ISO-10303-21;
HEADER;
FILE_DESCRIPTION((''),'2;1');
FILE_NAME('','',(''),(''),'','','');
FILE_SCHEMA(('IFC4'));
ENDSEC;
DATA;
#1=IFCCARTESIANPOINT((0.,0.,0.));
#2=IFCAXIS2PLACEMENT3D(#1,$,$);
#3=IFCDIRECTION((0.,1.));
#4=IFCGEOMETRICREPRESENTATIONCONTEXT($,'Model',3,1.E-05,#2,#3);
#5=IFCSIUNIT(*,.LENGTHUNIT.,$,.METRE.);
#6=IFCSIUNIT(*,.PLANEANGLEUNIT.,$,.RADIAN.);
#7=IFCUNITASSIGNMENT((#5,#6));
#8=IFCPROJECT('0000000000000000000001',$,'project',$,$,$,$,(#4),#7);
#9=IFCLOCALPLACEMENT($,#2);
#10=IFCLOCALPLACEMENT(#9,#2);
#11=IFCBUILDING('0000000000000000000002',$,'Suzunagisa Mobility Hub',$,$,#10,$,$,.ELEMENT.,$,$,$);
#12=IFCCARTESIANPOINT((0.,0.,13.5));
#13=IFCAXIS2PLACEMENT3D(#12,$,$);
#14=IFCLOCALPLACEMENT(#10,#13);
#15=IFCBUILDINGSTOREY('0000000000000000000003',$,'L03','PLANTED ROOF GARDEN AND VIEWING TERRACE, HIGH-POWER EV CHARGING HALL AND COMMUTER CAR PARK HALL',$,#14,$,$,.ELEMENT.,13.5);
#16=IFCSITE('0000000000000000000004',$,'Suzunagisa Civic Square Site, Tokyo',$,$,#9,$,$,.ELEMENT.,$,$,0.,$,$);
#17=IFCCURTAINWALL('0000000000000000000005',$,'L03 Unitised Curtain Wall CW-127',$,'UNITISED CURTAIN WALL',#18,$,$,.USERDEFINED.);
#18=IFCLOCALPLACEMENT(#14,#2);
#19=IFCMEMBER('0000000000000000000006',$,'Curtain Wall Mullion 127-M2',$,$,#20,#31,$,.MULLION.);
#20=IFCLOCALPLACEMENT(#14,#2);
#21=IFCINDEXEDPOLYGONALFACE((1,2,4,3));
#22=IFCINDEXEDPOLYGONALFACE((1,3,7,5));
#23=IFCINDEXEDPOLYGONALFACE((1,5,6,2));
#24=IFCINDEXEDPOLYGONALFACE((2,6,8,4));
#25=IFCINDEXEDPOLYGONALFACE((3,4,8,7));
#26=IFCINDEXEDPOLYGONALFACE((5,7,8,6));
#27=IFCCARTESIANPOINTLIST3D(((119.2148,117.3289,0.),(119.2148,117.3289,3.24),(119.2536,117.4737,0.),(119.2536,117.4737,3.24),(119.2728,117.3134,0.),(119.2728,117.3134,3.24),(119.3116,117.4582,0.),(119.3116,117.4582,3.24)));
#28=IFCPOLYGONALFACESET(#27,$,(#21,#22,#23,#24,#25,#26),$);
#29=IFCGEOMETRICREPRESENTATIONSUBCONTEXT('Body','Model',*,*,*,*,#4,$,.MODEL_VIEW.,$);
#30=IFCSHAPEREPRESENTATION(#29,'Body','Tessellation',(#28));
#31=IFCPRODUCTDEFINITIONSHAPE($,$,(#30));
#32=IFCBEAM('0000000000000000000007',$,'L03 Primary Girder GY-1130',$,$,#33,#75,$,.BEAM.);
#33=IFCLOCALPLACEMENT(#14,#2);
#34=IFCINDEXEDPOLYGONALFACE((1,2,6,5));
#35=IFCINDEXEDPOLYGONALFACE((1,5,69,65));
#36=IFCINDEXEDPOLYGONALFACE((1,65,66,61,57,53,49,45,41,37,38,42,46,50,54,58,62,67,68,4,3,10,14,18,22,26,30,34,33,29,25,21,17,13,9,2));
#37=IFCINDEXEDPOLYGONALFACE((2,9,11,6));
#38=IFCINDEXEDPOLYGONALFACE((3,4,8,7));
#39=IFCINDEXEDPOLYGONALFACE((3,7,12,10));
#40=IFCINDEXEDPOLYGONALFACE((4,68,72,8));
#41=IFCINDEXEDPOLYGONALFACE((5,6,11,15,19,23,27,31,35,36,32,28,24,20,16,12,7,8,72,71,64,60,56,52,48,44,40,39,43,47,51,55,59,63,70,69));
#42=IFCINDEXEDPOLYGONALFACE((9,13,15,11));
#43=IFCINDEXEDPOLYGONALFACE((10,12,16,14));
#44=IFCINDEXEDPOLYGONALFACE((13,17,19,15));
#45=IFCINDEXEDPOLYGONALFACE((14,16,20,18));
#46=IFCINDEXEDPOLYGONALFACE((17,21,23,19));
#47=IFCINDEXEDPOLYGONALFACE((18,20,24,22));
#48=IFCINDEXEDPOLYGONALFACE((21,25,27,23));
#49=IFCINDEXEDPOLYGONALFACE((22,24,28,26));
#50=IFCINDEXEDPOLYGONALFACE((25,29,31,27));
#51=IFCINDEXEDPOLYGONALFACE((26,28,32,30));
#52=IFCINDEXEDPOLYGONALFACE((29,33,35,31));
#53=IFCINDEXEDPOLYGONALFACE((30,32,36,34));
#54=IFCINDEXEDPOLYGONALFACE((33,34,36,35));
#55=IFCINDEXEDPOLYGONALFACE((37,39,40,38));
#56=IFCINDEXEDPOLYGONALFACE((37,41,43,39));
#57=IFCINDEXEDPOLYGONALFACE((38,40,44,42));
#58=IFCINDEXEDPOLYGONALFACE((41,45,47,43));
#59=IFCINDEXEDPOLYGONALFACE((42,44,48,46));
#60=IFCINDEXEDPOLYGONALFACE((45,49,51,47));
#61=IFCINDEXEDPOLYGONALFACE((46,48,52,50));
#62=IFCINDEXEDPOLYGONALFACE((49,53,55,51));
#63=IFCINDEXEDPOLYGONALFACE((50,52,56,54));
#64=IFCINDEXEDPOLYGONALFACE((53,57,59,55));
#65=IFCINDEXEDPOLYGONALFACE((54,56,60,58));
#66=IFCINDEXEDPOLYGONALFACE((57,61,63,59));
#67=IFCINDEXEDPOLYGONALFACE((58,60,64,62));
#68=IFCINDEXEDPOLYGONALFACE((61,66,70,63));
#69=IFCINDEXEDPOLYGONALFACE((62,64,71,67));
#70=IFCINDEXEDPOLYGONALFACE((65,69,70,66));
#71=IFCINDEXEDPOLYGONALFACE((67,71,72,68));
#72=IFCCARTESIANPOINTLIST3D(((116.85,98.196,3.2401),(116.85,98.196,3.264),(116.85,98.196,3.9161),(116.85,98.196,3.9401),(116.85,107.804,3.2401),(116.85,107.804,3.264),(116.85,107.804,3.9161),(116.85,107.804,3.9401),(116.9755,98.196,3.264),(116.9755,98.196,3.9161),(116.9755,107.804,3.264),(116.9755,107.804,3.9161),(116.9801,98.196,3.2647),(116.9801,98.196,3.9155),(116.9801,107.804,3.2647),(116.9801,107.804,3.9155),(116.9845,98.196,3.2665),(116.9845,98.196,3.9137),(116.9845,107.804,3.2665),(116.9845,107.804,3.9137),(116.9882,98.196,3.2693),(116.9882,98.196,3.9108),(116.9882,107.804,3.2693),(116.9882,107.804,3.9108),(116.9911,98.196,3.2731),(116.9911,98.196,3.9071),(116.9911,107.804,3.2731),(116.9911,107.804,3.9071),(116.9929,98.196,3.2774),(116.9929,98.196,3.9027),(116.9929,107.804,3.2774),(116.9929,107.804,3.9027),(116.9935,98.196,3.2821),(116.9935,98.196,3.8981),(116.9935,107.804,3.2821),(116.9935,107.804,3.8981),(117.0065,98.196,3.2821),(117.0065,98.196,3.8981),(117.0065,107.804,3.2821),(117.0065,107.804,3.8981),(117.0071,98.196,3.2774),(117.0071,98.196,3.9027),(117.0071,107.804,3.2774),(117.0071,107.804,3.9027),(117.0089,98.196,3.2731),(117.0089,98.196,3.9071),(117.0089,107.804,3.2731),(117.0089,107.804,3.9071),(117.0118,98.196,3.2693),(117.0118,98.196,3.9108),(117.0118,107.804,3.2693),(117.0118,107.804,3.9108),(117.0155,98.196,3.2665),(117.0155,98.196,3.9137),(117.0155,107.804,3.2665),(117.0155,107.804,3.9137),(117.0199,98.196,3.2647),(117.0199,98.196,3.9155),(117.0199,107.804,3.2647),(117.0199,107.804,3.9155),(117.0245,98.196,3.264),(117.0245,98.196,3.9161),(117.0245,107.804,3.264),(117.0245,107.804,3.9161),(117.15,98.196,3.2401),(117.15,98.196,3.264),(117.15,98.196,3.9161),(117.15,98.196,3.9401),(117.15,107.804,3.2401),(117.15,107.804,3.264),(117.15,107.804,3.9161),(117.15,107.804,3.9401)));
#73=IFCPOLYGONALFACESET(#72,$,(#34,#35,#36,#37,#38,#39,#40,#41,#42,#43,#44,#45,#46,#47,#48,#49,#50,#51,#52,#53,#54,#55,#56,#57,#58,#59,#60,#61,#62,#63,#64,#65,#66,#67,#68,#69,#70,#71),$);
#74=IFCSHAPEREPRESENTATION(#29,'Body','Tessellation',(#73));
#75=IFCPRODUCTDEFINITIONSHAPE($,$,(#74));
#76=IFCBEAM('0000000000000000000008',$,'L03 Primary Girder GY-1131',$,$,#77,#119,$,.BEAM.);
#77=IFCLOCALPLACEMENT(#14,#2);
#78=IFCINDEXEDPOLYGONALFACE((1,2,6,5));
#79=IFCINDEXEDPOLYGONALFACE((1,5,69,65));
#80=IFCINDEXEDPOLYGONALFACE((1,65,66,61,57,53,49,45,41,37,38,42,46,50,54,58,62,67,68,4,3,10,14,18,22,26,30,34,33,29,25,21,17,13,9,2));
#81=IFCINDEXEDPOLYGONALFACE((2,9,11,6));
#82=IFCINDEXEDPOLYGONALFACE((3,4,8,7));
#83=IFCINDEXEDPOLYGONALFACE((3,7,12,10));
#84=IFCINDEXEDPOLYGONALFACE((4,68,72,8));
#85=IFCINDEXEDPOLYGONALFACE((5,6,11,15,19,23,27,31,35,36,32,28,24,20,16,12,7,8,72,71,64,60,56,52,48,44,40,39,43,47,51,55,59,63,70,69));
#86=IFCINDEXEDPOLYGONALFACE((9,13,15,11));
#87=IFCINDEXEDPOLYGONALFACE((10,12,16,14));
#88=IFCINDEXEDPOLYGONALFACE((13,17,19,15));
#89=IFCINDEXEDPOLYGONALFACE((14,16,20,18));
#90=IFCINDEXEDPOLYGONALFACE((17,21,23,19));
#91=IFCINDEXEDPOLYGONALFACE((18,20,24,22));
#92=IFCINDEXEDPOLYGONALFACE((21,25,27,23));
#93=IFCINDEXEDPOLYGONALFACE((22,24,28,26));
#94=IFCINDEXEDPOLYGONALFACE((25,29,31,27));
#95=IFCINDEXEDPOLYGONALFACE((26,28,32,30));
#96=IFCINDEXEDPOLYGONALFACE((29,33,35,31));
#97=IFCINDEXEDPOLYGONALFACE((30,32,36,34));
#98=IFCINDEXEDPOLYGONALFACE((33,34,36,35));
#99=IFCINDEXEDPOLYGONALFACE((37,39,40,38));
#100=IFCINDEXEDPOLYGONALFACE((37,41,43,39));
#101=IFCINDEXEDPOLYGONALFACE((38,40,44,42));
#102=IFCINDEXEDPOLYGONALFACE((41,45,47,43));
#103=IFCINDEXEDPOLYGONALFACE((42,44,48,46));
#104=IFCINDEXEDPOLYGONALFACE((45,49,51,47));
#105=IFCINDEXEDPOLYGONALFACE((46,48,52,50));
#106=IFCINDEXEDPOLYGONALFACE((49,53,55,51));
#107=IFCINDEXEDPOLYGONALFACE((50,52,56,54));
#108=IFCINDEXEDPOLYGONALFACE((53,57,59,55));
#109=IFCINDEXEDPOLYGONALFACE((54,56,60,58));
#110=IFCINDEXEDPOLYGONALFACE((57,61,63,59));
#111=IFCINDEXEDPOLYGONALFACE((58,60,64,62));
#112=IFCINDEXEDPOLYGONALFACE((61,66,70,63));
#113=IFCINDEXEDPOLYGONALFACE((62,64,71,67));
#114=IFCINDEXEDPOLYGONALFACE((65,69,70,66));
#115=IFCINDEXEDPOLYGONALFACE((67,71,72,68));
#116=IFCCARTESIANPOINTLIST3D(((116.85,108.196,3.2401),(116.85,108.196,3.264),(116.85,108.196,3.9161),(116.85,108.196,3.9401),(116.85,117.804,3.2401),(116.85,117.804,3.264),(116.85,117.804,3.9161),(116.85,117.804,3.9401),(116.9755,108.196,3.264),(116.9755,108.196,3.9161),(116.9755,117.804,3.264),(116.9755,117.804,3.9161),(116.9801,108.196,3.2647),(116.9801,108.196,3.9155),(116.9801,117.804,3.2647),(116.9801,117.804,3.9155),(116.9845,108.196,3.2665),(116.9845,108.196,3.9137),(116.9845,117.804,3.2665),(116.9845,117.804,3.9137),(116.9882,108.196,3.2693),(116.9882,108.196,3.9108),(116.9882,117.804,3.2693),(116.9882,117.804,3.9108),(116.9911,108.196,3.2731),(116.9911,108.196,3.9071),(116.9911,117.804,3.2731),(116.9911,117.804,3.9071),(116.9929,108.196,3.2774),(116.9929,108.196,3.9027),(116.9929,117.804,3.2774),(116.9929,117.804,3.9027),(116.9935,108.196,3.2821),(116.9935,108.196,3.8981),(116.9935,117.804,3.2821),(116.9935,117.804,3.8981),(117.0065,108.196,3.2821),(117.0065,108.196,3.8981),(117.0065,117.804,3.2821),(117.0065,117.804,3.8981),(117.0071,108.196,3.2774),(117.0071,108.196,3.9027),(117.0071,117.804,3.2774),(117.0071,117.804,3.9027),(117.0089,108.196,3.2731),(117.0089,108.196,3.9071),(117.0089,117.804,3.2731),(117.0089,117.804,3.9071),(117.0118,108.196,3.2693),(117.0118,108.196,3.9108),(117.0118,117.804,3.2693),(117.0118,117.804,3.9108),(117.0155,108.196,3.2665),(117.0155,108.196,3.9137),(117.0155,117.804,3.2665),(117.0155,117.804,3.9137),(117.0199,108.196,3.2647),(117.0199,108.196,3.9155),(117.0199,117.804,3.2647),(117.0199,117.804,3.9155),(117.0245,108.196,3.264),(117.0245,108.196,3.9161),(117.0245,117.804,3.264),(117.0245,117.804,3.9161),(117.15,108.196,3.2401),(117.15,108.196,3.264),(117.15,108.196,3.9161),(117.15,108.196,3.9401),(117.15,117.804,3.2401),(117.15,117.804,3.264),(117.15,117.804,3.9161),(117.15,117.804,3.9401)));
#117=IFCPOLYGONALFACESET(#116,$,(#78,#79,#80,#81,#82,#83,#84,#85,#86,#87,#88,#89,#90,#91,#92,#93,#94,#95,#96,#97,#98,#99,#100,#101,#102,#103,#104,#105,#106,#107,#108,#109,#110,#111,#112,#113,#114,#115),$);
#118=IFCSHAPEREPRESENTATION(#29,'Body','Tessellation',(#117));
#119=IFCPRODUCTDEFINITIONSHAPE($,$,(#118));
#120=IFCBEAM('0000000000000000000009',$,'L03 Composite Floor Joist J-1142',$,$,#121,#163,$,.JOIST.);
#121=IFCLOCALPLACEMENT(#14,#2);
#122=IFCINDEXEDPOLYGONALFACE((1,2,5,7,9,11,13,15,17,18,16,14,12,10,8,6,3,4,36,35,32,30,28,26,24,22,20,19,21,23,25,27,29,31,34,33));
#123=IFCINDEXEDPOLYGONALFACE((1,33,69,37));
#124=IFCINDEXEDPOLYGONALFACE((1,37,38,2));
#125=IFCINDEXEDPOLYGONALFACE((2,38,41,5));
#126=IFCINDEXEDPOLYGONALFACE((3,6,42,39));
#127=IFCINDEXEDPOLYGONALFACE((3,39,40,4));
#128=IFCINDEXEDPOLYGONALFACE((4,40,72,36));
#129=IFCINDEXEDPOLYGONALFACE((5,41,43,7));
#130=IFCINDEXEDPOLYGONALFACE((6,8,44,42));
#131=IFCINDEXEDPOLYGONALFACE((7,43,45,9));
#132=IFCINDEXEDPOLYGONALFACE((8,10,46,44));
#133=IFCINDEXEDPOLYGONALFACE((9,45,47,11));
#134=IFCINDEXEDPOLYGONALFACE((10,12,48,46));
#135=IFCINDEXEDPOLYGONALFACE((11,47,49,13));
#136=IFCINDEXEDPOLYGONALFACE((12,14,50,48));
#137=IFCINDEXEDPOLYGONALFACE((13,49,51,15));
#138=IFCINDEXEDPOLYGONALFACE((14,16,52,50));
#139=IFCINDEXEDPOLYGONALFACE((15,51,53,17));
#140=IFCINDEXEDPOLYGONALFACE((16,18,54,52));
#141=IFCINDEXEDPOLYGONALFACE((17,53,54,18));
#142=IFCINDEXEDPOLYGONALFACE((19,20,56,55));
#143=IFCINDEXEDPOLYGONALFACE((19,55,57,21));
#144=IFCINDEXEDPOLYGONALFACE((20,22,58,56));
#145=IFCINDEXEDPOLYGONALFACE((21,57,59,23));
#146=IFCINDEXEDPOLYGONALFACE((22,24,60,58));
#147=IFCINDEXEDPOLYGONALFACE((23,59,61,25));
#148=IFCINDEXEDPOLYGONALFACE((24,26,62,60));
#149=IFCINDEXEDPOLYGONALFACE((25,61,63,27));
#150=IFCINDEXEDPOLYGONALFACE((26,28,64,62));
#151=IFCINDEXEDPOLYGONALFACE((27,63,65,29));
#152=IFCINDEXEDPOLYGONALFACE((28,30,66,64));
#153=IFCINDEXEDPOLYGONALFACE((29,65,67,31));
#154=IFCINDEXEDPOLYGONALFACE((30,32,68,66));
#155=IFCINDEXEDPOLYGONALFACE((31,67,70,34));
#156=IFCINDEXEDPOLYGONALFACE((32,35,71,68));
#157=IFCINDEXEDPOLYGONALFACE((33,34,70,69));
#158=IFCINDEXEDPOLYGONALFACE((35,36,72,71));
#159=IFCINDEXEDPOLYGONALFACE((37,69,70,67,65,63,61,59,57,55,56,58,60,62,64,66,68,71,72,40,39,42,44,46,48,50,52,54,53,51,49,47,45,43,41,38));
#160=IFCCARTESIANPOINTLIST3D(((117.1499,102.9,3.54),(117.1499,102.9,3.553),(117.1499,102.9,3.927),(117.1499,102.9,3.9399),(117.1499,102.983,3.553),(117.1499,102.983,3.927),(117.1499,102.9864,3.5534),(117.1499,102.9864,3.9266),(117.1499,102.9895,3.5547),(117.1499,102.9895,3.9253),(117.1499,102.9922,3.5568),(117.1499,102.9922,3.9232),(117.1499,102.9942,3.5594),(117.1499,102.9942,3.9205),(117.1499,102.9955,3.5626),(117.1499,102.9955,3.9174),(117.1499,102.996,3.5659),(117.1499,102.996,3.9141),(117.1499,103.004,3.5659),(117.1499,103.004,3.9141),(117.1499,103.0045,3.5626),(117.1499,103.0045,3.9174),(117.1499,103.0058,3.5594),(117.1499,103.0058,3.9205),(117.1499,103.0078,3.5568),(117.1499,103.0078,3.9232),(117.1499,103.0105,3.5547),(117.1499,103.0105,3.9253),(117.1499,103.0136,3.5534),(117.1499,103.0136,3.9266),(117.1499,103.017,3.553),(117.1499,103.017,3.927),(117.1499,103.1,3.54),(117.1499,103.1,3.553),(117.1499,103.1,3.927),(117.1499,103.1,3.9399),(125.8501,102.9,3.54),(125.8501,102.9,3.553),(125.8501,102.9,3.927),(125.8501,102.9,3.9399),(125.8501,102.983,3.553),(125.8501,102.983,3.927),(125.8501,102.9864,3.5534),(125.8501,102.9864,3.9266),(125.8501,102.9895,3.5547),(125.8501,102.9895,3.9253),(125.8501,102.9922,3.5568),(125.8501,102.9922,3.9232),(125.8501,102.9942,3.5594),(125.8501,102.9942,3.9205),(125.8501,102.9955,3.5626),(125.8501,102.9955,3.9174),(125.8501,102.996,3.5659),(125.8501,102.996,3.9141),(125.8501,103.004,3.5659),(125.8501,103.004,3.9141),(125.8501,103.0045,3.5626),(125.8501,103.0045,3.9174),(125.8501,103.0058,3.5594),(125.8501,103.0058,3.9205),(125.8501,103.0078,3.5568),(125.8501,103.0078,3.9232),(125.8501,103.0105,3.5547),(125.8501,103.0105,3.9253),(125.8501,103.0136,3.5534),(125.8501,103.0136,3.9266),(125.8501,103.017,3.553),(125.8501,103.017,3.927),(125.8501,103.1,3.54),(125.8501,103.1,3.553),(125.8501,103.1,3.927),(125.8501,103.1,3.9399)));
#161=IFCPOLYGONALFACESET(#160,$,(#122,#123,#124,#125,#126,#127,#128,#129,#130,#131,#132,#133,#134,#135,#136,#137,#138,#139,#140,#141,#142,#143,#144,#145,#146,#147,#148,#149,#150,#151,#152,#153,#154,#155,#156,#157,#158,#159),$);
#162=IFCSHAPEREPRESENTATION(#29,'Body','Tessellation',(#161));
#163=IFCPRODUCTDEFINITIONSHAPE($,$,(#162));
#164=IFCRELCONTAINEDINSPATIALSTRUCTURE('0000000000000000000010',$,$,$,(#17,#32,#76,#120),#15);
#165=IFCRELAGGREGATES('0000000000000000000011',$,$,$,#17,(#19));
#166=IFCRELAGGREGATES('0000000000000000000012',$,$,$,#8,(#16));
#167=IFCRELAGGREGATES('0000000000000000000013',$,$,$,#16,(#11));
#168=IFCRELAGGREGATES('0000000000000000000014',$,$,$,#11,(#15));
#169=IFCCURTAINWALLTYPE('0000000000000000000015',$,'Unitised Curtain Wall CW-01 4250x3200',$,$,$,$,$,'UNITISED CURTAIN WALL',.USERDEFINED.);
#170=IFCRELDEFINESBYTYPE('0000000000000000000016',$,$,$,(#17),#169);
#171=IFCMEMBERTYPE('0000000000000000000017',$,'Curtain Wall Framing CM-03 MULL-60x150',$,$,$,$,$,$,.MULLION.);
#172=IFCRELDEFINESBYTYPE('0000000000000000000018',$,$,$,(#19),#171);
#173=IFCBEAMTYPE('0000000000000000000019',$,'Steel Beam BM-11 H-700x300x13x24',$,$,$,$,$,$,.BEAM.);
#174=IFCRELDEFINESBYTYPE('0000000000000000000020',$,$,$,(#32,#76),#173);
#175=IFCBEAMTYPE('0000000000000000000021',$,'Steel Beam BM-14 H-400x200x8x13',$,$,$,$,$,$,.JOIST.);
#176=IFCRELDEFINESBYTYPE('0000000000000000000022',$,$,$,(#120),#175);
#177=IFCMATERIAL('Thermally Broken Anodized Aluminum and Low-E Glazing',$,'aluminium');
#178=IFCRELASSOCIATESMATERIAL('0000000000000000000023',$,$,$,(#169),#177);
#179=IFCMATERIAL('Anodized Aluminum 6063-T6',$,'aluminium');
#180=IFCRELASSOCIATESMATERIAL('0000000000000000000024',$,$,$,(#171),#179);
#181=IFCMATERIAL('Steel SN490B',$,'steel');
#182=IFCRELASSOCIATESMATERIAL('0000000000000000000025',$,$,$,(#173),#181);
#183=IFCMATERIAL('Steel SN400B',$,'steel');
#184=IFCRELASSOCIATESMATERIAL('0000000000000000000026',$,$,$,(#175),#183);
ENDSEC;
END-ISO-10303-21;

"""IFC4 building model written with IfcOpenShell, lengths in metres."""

from ifc_helpers import new_model, si_unit, direction, frame, origin, origin_2d, place, context, subcontext, project, spatial, rectangle, i_section, extrude, material, material_profile, profile_set, type_object, element, aggregate, save


model = new_model("IFC4")

# Units and contexts
model_context = context("Model", 3, precision=1e-05, world=origin(), true_north=direction((0.0, 1.0)))
body_context = subcontext(model_context, "Body", "Model", "MODEL_VIEW")
ifc_project = project(units=[si_unit("LENGTHUNIT", "METRE"), si_unit("PLANEANGLEUNIT", "RADIAN")], contexts=[model_context])

# Site, building, storey
site_placement = place(None, origin())
site = spatial("IfcSite", under=ifc_project, at=site_placement, Name="Suzunagisa Civic Square Site, Tokyo", CompositionType="ELEMENT", RefElevation=0.0)
building_placement = place(site_placement, origin())
building = spatial("IfcBuilding", under=site, at=building_placement, Name="Suzunagisa Mobility Hub", CompositionType="ELEMENT")
storey_placement = place(building_placement, frame((0.0, 0.0, 13.5)))
storey = spatial("IfcBuildingStorey", under=building, at=storey_placement, Name="L03", Description="PLANTED ROOF GARDEN AND VIEWING TERRACE, HIGH-POWER EV CHARGING HALL AND COMMUTER CAR PARK HALL", CompositionType="ELEMENT", Elevation=13.5)

# Shared definitions
ifc_material_1 = material(Name="Steel SN490B", Category="steel")

# Curtain wall, member
ifc_material_2 = material(Name="Thermally Broken Anodized Aluminum and Low-E Glazing", Category="aluminium")
curtain_wall_type = type_object("IfcCurtainWallType", Name="Unitised Curtain Wall CW-01 4250x3200", ElementType="UNITISED CURTAIN WALL", PredefinedType="USERDEFINED", material=ifc_material_2)
curtain_wall_placement = place(storey_placement, origin())
curtain_wall = element("IfcCurtainWall", 1, at=curtain_wall_placement, inside=storey, type_object=curtain_wall_type, Name="L03 Unitised Curtain Wall CW-127", ObjectType="UNITISED CURTAIN WALL", PredefinedType="USERDEFINED")
ifc_material_3 = material(Name="Anodized Aluminum 6063-T6", Category="aluminium")
ifc_material_profile_1 = material_profile(ifc_material_3, rectangle(XDim=0.0601, YDim=0.1499, at=origin_2d()), Name="MULL-60x150")
ifc_profile_set_1 = profile_set([ifc_material_profile_1], Name="Anodized Aluminum 6063-T6")
member_type_1 = type_object("IfcMemberType", Name="Curtain Wall Framing CM-03 MULL-60x150", PredefinedType="MULLION", material=ifc_profile_set_1)
member_1_placement = place(storey_placement, frame((119.2632, 117.3936, 0.0), z_axis=(0.0, 0.0, 1.0), x_axis=(-0.965927, 0.258814, 0.0)))
member_1 = element("IfcMember", 2, at=member_1_placement, type_object=member_type_1, Name="Curtain Wall Mullion 127-M2", PredefinedType="MULLION", context=body_context, shape_type="SweptSolid", body=[
    extrude(rectangle(XDim=0.0601, YDim=0.1499, at=origin_2d()), origin(), (0.0, 0.0, 1.0), 3.24),
])

# Beams
ifc_material_profile_2 = material_profile(ifc_material_1, i_section(OverallWidth=0.3, OverallDepth=0.7, WebThickness=0.0129, FlangeThickness=0.0239, FilletRadius=0.0181, at=origin_2d()), Name="H-700x300x13x24")
ifc_profile_set_2 = profile_set([ifc_material_profile_2], Name="Steel SN490B")
beam_type_1 = type_object("IfcBeamType", Name="Steel Beam BM-11 H-700x300x13x24", PredefinedType="BEAM", material=ifc_profile_set_2)
for number, where, z_axis, x_axis, name in (
    (3, (117.0, 98.196, 3.5901), (0.0, 1.0, 0.0), (-1.0, 0.0, 0.0), "L03 Primary Girder GY-1130"),
    (4, (117.0, 108.196, 3.5901), (0.0, 1.0, 0.0), (-1.0, 0.0, 0.0), "L03 Primary Girder GY-1131"),
):
    element("IfcBeam", number, at=place(storey_placement, frame(where, z_axis=z_axis, x_axis=x_axis)), inside=storey, type_object=beam_type_1, Name=name, PredefinedType="BEAM", context=body_context, shape_type="SweptSolid", body=[
        extrude(i_section(OverallWidth=0.3, OverallDepth=0.7, WebThickness=0.0129, FlangeThickness=0.0239, FilletRadius=0.0181, at=origin_2d()), origin(), (0.0, 0.0, 1.0), 9.6079),
    ])
ifc_material_4 = material(Name="Steel SN400B", Category="steel")
ifc_material_profile_3 = material_profile(ifc_material_4, i_section(OverallWidth=0.2, OverallDepth=0.3999, WebThickness=0.0081, FlangeThickness=0.0129, FilletRadius=0.0129, at=origin_2d()), Name="H-400x200x8x13")
ifc_profile_set_3 = profile_set([ifc_material_profile_3], Name="Steel SN400B")
beam_type_2 = type_object("IfcBeamType", Name="Steel Beam BM-14 H-400x200x8x13", PredefinedType="JOIST", material=ifc_profile_set_3)
beam_1_placement = place(storey_placement, frame((117.1499, 103.0, 3.74), z_axis=(1.0, 0.0, 0.0), x_axis=(0.0, 1.0, 0.0)))
element("IfcBeam", 5, at=beam_1_placement, inside=storey, type_object=beam_type_2, Name="L03 Composite Floor Joist J-1142", PredefinedType="JOIST", context=body_context, shape_type="SweptSolid", body=[
    extrude(i_section(OverallWidth=0.2, OverallDepth=0.3999, WebThickness=0.0081, FlangeThickness=0.0129, FilletRadius=0.0129, at=origin_2d()), origin(), (0.0, 0.0, 1.0), 8.7002),
])

aggregate(curtain_wall, [member_1])

save(model, "model.ifc")
